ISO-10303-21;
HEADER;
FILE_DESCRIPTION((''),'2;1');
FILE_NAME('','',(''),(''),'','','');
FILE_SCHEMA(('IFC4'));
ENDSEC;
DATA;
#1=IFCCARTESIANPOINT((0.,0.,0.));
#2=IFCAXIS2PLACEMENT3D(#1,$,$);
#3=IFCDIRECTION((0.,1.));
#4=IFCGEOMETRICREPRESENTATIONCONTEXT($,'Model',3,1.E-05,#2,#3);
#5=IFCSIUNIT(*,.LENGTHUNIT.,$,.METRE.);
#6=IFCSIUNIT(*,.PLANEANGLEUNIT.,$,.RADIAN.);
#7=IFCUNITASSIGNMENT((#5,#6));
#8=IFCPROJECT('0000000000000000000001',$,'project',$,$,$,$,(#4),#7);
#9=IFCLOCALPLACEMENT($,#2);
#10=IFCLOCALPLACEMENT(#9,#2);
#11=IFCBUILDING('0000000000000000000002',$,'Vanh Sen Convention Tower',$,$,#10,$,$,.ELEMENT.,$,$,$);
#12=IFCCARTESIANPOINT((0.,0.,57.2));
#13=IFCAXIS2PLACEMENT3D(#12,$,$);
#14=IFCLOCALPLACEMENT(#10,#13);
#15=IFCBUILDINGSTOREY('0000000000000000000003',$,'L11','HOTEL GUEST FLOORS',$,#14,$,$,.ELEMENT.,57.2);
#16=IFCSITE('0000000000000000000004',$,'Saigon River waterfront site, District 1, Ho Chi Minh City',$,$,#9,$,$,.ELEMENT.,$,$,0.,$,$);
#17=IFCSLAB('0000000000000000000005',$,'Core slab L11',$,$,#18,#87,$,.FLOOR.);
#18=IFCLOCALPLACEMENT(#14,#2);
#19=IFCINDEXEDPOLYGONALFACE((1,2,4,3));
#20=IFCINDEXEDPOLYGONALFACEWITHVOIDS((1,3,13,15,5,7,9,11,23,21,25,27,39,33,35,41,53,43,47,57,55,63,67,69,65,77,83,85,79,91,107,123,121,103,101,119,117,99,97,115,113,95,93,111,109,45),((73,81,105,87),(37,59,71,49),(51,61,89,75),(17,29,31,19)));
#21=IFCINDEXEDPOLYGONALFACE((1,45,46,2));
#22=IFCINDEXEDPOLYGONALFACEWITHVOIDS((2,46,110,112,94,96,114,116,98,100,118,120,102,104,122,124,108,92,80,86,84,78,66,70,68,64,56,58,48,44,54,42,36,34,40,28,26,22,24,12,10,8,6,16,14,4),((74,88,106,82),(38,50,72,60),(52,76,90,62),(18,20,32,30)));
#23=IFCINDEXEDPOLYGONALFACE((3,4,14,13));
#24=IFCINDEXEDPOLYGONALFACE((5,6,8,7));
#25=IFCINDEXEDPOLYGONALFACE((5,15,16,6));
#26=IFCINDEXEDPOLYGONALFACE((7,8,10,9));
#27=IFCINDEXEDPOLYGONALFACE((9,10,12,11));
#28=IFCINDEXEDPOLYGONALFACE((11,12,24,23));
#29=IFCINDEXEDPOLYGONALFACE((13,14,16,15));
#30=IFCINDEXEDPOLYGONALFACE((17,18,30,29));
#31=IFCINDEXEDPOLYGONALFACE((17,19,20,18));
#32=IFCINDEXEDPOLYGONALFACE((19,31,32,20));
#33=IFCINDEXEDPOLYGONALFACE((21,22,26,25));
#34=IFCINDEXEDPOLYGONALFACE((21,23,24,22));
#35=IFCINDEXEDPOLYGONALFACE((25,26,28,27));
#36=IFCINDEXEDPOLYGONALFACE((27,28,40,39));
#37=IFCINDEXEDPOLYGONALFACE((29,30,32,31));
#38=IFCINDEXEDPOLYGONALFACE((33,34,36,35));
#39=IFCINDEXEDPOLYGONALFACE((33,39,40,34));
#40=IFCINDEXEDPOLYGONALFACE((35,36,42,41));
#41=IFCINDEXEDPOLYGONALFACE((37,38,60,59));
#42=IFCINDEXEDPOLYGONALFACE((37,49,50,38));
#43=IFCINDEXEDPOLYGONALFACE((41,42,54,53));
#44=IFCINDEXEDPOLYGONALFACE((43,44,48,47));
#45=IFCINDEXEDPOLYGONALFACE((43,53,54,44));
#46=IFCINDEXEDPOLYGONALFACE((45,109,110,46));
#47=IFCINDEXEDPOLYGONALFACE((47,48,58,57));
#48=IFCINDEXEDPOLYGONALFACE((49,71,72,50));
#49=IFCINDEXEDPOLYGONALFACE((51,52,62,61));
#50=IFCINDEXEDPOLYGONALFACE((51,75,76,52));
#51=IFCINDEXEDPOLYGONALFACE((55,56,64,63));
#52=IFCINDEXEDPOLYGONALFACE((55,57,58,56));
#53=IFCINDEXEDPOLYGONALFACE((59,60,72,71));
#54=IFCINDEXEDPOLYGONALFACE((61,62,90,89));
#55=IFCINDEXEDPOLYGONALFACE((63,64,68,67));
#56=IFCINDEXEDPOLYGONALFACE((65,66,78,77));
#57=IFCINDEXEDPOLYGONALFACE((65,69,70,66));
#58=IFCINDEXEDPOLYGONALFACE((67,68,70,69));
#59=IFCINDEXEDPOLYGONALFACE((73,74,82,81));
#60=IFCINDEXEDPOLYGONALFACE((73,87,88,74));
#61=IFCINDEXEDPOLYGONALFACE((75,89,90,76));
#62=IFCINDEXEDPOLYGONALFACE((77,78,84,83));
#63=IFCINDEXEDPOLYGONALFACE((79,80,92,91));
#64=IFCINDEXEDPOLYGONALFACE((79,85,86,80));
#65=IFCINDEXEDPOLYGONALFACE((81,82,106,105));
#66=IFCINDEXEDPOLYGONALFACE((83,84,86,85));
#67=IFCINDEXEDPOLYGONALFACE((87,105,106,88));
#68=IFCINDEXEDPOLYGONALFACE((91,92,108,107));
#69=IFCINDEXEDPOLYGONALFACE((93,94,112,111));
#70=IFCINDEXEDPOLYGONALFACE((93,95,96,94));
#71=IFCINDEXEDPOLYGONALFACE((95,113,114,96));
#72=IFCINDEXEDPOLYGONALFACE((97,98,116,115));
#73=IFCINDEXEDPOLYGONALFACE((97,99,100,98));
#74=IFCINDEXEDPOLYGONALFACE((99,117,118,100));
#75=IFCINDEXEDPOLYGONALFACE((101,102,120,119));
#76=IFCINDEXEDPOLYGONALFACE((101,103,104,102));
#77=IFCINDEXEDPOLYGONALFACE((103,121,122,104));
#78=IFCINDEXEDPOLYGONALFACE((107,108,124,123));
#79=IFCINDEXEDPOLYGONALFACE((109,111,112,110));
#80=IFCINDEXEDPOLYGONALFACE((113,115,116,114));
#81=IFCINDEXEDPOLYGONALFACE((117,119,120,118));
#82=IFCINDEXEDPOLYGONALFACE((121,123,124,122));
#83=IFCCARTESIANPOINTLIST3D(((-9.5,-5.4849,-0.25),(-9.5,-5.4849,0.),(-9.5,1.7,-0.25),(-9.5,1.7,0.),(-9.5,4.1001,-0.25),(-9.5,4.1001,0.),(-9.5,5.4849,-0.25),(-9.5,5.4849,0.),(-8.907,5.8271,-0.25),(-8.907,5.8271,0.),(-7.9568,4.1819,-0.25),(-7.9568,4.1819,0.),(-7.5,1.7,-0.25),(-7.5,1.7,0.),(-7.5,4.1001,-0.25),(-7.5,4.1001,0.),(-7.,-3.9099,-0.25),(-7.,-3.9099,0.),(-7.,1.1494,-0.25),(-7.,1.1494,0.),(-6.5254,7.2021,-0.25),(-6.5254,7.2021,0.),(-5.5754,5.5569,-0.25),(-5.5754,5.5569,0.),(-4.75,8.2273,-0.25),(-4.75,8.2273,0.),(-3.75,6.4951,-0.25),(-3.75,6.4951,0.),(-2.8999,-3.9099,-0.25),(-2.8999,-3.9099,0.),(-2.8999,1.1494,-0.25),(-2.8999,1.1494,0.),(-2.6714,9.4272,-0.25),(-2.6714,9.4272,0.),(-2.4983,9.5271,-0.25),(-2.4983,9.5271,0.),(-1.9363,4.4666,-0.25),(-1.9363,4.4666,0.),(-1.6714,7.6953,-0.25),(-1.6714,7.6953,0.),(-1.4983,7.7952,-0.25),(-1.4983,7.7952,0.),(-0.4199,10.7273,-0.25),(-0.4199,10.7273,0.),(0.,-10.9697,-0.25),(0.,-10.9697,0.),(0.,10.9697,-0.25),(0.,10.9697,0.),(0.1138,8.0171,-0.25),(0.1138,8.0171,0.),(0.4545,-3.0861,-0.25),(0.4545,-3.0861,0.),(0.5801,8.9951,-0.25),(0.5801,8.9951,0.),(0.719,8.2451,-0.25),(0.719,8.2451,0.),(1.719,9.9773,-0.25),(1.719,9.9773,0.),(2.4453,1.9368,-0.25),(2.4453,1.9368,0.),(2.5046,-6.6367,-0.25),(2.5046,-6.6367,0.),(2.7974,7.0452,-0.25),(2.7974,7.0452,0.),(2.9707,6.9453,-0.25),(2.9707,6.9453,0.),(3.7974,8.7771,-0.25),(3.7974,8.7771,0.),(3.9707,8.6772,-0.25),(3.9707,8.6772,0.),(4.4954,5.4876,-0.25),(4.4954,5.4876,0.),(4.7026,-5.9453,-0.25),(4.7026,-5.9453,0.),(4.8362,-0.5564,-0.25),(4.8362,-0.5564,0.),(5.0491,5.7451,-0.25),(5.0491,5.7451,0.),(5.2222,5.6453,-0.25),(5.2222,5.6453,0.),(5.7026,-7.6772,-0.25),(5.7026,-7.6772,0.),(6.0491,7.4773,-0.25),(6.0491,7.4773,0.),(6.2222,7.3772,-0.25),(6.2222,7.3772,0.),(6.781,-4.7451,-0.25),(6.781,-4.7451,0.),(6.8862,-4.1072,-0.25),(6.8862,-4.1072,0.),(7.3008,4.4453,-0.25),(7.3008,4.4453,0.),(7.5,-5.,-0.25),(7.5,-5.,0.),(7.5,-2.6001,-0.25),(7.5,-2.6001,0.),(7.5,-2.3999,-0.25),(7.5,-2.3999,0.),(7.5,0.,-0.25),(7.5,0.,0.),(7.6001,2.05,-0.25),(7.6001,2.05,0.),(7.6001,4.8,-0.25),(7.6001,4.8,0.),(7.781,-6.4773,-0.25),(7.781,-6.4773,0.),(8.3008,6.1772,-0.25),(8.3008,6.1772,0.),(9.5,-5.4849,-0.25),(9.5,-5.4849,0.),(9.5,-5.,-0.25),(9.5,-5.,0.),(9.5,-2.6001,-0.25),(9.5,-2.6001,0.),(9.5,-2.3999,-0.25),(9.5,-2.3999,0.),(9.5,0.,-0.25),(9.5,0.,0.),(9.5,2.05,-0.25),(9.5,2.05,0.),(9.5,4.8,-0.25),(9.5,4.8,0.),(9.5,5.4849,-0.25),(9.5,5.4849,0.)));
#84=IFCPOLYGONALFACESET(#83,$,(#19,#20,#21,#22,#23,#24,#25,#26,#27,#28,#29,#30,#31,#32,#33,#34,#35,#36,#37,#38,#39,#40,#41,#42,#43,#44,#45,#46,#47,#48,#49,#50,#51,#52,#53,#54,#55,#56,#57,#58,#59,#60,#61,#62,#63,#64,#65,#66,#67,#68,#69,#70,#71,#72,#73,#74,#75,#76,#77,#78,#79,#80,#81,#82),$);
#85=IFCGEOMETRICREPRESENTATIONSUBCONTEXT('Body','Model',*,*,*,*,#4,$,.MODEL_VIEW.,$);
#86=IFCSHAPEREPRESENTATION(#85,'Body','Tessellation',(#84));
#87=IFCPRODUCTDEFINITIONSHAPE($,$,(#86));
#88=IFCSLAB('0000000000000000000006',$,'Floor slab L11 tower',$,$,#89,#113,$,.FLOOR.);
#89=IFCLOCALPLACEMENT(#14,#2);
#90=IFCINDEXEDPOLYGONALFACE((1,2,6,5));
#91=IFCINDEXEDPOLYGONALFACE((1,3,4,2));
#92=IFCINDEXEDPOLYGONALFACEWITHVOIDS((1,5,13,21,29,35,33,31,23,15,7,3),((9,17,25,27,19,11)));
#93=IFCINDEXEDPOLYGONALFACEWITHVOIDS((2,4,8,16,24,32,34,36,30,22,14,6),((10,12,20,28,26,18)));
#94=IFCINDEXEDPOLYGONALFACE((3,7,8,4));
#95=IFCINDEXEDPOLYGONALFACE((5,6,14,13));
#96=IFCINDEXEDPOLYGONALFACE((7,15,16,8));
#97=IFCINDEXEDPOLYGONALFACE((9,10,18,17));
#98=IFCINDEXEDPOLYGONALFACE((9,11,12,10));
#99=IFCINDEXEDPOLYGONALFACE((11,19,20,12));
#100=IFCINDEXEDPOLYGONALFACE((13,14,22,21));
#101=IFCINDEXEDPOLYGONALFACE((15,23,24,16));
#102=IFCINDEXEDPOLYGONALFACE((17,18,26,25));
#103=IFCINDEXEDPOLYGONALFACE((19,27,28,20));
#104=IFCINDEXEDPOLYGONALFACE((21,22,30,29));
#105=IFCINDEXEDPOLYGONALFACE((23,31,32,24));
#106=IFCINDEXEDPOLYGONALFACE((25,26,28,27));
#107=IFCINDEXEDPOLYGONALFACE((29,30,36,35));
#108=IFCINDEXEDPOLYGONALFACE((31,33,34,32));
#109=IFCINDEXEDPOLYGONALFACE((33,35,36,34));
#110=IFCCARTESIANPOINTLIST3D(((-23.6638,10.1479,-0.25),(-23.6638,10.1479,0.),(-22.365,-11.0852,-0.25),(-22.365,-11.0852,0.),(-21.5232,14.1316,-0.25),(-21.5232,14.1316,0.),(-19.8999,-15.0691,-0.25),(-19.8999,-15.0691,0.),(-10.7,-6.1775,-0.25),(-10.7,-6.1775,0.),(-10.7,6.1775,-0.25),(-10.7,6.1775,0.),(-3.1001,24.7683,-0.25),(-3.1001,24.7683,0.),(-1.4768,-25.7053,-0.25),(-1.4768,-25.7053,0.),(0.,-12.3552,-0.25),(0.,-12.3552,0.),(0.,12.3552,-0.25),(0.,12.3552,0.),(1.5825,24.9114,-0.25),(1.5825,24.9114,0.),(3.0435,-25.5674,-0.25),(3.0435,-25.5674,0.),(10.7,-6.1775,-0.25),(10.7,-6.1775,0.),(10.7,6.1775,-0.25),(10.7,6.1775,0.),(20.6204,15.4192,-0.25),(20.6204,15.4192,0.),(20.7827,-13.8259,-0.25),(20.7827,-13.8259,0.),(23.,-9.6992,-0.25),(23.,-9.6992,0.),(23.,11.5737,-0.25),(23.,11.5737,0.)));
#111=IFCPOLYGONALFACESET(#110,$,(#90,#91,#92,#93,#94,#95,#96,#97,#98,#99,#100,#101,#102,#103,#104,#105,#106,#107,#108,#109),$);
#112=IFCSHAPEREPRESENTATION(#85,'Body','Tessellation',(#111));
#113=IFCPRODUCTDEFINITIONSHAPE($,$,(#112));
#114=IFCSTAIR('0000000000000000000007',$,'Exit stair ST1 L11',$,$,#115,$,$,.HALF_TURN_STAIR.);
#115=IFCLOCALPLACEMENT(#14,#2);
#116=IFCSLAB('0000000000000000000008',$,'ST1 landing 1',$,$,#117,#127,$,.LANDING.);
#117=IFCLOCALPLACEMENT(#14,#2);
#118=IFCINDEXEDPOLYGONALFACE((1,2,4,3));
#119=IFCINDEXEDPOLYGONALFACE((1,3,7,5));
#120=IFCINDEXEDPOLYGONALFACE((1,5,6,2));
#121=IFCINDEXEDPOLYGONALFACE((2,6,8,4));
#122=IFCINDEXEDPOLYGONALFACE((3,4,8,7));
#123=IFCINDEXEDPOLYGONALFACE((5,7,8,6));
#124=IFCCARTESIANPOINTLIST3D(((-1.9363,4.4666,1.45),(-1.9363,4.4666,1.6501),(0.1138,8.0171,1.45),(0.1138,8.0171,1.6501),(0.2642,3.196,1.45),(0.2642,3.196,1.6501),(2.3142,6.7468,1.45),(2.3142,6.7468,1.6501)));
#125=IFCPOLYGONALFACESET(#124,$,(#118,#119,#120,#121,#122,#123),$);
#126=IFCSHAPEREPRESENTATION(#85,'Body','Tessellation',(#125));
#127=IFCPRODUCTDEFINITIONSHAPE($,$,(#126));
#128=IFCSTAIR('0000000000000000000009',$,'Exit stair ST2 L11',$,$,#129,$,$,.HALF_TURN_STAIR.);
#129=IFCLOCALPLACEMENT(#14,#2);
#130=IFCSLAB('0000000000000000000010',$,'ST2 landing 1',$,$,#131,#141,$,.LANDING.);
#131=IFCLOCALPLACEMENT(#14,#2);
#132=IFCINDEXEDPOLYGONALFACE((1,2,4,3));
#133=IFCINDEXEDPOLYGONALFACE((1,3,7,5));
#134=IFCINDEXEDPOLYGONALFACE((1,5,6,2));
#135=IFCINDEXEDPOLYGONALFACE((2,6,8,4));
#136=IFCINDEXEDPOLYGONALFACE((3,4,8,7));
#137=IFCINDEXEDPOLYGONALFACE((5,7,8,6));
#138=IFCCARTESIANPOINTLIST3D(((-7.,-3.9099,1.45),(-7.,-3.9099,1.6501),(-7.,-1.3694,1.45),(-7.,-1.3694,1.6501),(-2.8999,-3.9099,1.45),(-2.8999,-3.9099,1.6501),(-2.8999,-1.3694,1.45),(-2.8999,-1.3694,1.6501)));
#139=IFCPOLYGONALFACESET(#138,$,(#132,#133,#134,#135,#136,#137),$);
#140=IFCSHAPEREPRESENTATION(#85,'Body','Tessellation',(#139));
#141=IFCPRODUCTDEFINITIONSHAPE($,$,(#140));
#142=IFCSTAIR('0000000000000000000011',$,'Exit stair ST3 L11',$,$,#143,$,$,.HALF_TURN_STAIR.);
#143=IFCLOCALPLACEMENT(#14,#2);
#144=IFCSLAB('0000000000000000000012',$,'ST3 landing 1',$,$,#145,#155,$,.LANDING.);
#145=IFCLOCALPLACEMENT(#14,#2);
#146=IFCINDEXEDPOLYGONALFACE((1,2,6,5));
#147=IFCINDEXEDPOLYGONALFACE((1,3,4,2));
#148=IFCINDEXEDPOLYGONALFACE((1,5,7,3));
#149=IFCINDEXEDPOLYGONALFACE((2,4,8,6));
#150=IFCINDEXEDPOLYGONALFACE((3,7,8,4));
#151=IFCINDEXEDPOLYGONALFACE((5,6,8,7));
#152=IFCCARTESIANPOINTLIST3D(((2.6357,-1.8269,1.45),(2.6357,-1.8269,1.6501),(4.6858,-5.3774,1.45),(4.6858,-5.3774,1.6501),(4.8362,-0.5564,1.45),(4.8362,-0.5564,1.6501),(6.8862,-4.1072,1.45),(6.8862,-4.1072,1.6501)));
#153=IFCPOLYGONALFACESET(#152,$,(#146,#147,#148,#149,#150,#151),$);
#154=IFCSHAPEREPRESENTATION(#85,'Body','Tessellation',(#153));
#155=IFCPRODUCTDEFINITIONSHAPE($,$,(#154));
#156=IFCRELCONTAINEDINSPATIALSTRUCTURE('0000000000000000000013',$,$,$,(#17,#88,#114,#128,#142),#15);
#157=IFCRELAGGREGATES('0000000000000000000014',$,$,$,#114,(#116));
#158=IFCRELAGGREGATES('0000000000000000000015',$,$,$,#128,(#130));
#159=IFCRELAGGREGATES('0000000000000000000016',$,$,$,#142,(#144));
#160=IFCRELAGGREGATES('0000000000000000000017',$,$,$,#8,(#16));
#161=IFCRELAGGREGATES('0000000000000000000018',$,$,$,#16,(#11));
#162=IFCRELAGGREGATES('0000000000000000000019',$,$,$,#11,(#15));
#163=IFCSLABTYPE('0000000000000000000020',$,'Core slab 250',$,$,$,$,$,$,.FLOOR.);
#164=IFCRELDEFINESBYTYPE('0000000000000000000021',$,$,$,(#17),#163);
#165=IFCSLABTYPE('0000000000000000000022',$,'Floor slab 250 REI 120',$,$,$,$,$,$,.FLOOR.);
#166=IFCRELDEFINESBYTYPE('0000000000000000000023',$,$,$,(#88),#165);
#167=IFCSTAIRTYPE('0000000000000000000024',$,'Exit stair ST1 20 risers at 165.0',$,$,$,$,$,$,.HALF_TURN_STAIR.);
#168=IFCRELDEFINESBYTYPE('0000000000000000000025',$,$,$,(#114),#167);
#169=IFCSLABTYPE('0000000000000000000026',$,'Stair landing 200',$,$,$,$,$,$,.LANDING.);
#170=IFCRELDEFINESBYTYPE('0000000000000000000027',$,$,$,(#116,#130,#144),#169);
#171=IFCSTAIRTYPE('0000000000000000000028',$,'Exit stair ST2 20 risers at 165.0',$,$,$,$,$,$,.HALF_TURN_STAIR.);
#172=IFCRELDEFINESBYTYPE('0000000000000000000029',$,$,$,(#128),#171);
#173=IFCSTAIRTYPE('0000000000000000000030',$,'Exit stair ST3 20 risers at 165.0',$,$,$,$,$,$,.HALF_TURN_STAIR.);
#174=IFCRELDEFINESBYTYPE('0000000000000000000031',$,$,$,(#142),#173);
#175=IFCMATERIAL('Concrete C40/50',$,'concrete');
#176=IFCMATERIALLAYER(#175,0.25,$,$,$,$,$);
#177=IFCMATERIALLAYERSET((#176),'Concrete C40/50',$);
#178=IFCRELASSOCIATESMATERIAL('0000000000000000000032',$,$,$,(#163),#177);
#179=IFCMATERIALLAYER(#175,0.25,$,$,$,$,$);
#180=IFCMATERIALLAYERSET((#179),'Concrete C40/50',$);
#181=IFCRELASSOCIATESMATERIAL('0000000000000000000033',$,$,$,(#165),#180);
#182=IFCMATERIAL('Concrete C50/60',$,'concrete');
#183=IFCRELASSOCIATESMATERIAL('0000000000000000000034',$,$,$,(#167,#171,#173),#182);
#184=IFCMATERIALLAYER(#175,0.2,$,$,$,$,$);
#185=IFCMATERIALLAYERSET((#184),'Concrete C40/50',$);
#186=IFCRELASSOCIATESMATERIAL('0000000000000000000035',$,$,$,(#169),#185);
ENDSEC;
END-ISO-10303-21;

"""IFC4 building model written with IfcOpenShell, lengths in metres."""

from ifc_helpers import new_model, si_unit, direction, frame, origin, place, context, subcontext, project, spatial, polyline, outline, extrude, material, layer, layer_set, type_object, element, aggregate, save


model = new_model("IFC4")

# Units and contexts
model_context = context("Model", 3, precision=1e-05, world=origin(), true_north=direction((0.0, 1.0)))
body_context = subcontext(model_context, "Body", "Model", "MODEL_VIEW")
ifc_project = project(units=[si_unit("LENGTHUNIT", "METRE"), si_unit("PLANEANGLEUNIT", "RADIAN")], contexts=[model_context])

# Site, building, storey
site_placement = place(None, origin())
site = spatial("IfcSite", under=ifc_project, at=site_placement, Name="Saigon River waterfront site, District 1, Ho Chi Minh City", CompositionType="ELEMENT", RefElevation=0.0)
building_placement = place(site_placement, origin())
building = spatial("IfcBuilding", under=site, at=building_placement, Name="Vanh Sen Convention Tower", CompositionType="ELEMENT")
storey_placement = place(building_placement, frame((0.0, 0.0, 57.2)))
storey = spatial("IfcBuildingStorey", under=building, at=storey_placement, Name="L11", Description="HOTEL GUEST FLOORS", CompositionType="ELEMENT", Elevation=57.2)

# Slabs
ifc_material_1 = material(Name="Concrete C40/50", Category="concrete")
ifc_layer_1 = layer(ifc_material_1, 0.25)
ifc_layer_set_1 = layer_set([ifc_layer_1], Name="Concrete C40/50")
slab_type_1 = type_object("IfcSlabType", Name="Core slab 250", PredefinedType="FLOOR", material=ifc_layer_set_1)
slab_1_placement = place(storey_placement, frame((0.0, 0.0, -0.25)))
element("IfcSlab", 1, at=slab_1_placement, inside=storey, type_object=slab_type_1, Name="Core slab L11", PredefinedType="FLOOR", context=body_context, shape_type="SweptSolid", body=[
    extrude(outline(polyline([(9.5, 5.4849), (9.5, 4.8), (7.6001, 4.8), (7.6001, 2.05), (9.5, 2.05), (9.5, 0.0), (7.5, 0.0), (7.5, -2.3999), (9.5, -2.3999), (9.5, -2.6001), (7.5, -2.6001), (7.5, -5.0), (9.5, -5.0), (9.5, -5.4849), (0.0, -10.9697), (-9.5, -5.4849), (-9.5, 1.7), (-7.5, 1.7), (-7.5, 4.1001), (-9.5, 4.1001), (-9.5, 5.4849), (-8.907, 5.8271), (-7.9568, 4.1819), (-5.5754, 5.5569), (-6.5254, 7.2021), (-4.75, 8.2273), (-3.75, 6.4951), (-1.6714, 7.6953), (-2.6714, 9.4272), (-2.4983, 9.5271), (-1.4983, 7.7952), (0.5801, 8.9951), (-0.4199, 10.7273), (0.0, 10.9697), (1.719, 9.9773), (0.719, 8.2451), (2.7974, 7.0452), (3.7974, 8.7771), (3.9707, 8.6772), (2.9707, 6.9453), (5.0491, 5.7451), (6.0491, 7.4773), (6.2222, 7.3772), (5.2222, 5.6453), (7.3008, 4.4453), (8.3008, 6.1772), (9.5, 5.4849)]), holes=[polyline([(-7.0, 3.1499), (-7.0, -3.9099), (-2.8999, -3.9099), (-2.8999, 3.1499), (-2.8999, 1.1494), (-7.0, 1.1494), (-7.0, 3.1499)]), polyline([(4.4954, 5.4875), (6.228, 4.4873), (0.1138, 8.0171), (-1.9363, 4.4666), (2.4453, 1.9368), (4.4954, 5.4875)]), polyline([(7.781, -6.4773), (6.781, -4.7451), (4.7026, -5.9453), (5.7026, -7.6772), (7.781, -6.4773)]), polyline([(0.4546, -3.0862), (2.5046, -6.6367), (6.8862, -4.1072), (4.8362, -0.5564), (-1.2781, -4.0864), (0.4546, -3.0862)])]), origin(), (0.0, 0.0, 1.0), 0.25),
])
ifc_layer_2 = layer(ifc_material_1, 0.25)
ifc_layer_set_2 = layer_set([ifc_layer_2], Name="Concrete C40/50")
slab_type_2 = type_object("IfcSlabType", Name="Floor slab 250 REI 120", PredefinedType="FLOOR", material=ifc_layer_set_2)
slab_2_placement = place(storey_placement, frame((0.0, 0.0, -0.25)))
element("IfcSlab", 2, at=slab_2_placement, inside=storey, type_object=slab_type_2, Name="Floor slab L11 tower", PredefinedType="FLOOR", context=body_context, shape_type="SweptSolid", body=[
    extrude(outline(polyline([(23.0, -9.6992), (23.0, 11.5737), (20.6204, 15.4192), (1.5825, 24.9114), (-3.1001, 24.7683), (-21.5232, 14.1316), (-23.6638, 10.1479), (-22.365, -11.0852), (-19.8999, -15.0691), (-1.4768, -25.7053), (3.0435, -25.5674), (20.7827, -13.8259), (23.0, -9.6992)]), holes=[polyline([(0.0, 12.3552), (-10.7, 6.1775), (-10.7, -6.1775), (0.0, -12.3552), (10.7, -6.1775), (10.7, 6.1775), (0.0, 12.3552)])]), origin(), (0.0, 0.0, 1.0), 0.25),
])

# Stairs, slabs
ifc_material_2 = material(Name="Concrete C50/60", Category="concrete")
stair_type_1 = type_object("IfcStairType", Name="Exit stair ST1 20 risers at 165.0", PredefinedType="HALF_TURN_STAIR", material=ifc_material_2)
stair_1_placement = place(storey_placement, origin())
stair_1 = element("IfcStair", 3, at=stair_1_placement, inside=storey, type_object=stair_type_1, Name="Exit stair ST1 L11", PredefinedType="HALF_TURN_STAIR")
ifc_layer_3 = layer(ifc_material_1, 0.2)
ifc_layer_set_3 = layer_set([ifc_layer_3], Name="Concrete C40/50")
slab_type_3 = type_object("IfcSlabType", Name="Stair landing 200", PredefinedType="LANDING", material=ifc_layer_set_3)
slab_3_placement = place(storey_placement, frame((0.0, 0.0, 1.45)))
slab_3 = element("IfcSlab", 4, at=slab_3_placement, type_object=slab_type_3, Name="ST1 landing 1", PredefinedType="LANDING", context=body_context, shape_type="SweptSolid", body=[
    extrude(outline(polyline([(2.3142, 6.7468), (0.1138, 8.0171), (-1.9363, 4.4666), (0.2642, 3.196), (2.3142, 6.7468)])), origin(), (0.0, 0.0, 1.0), 0.2002),
])
aggregate(stair_1, [slab_3])
stair_type_2 = type_object("IfcStairType", Name="Exit stair ST2 20 risers at 165.0", PredefinedType="HALF_TURN_STAIR", material=ifc_material_2)
stair_2_placement = place(storey_placement, origin())
stair_2 = element("IfcStair", 5, at=stair_2_placement, inside=storey, type_object=stair_type_2, Name="Exit stair ST2 L11", PredefinedType="HALF_TURN_STAIR")
slab_4_placement = place(storey_placement, frame((0.0, 0.0, 1.45)))
slab_4 = element("IfcSlab", 6, at=slab_4_placement, type_object=slab_type_3, Name="ST2 landing 1", PredefinedType="LANDING", context=body_context, shape_type="SweptSolid", body=[
    extrude(outline(polyline([(-7.0, -1.3694), (-7.0, -3.9099), (-2.8999, -3.9099), (-2.8999, -1.3694), (-7.0, -1.3694)])), origin(), (0.0, 0.0, 1.0), 0.2002),
])
aggregate(stair_2, [slab_4])
stair_type_3 = type_object("IfcStairType", Name="Exit stair ST3 20 risers at 165.0", PredefinedType="HALF_TURN_STAIR", material=ifc_material_2)
stair_3_placement = place(storey_placement, origin())
stair_3 = element("IfcStair", 7, at=stair_3_placement, inside=storey, type_object=stair_type_3, Name="Exit stair ST3 L11", PredefinedType="HALF_TURN_STAIR")
slab_5_placement = place(storey_placement, frame((0.0, 0.0, 1.45)))
slab_5 = element("IfcSlab", 8, at=slab_5_placement, type_object=slab_type_3, Name="ST3 landing 1", PredefinedType="LANDING", context=body_context, shape_type="SweptSolid", body=[
    extrude(outline(polyline([(4.6858, -5.3774), (6.8862, -4.1072), (4.8362, -0.5564), (2.6357, -1.8269), (4.6858, -5.3774)])), origin(), (0.0, 0.0, 1.0), 0.2002),
])
aggregate(stair_3, [slab_5])

save(model, "model.ifc")
